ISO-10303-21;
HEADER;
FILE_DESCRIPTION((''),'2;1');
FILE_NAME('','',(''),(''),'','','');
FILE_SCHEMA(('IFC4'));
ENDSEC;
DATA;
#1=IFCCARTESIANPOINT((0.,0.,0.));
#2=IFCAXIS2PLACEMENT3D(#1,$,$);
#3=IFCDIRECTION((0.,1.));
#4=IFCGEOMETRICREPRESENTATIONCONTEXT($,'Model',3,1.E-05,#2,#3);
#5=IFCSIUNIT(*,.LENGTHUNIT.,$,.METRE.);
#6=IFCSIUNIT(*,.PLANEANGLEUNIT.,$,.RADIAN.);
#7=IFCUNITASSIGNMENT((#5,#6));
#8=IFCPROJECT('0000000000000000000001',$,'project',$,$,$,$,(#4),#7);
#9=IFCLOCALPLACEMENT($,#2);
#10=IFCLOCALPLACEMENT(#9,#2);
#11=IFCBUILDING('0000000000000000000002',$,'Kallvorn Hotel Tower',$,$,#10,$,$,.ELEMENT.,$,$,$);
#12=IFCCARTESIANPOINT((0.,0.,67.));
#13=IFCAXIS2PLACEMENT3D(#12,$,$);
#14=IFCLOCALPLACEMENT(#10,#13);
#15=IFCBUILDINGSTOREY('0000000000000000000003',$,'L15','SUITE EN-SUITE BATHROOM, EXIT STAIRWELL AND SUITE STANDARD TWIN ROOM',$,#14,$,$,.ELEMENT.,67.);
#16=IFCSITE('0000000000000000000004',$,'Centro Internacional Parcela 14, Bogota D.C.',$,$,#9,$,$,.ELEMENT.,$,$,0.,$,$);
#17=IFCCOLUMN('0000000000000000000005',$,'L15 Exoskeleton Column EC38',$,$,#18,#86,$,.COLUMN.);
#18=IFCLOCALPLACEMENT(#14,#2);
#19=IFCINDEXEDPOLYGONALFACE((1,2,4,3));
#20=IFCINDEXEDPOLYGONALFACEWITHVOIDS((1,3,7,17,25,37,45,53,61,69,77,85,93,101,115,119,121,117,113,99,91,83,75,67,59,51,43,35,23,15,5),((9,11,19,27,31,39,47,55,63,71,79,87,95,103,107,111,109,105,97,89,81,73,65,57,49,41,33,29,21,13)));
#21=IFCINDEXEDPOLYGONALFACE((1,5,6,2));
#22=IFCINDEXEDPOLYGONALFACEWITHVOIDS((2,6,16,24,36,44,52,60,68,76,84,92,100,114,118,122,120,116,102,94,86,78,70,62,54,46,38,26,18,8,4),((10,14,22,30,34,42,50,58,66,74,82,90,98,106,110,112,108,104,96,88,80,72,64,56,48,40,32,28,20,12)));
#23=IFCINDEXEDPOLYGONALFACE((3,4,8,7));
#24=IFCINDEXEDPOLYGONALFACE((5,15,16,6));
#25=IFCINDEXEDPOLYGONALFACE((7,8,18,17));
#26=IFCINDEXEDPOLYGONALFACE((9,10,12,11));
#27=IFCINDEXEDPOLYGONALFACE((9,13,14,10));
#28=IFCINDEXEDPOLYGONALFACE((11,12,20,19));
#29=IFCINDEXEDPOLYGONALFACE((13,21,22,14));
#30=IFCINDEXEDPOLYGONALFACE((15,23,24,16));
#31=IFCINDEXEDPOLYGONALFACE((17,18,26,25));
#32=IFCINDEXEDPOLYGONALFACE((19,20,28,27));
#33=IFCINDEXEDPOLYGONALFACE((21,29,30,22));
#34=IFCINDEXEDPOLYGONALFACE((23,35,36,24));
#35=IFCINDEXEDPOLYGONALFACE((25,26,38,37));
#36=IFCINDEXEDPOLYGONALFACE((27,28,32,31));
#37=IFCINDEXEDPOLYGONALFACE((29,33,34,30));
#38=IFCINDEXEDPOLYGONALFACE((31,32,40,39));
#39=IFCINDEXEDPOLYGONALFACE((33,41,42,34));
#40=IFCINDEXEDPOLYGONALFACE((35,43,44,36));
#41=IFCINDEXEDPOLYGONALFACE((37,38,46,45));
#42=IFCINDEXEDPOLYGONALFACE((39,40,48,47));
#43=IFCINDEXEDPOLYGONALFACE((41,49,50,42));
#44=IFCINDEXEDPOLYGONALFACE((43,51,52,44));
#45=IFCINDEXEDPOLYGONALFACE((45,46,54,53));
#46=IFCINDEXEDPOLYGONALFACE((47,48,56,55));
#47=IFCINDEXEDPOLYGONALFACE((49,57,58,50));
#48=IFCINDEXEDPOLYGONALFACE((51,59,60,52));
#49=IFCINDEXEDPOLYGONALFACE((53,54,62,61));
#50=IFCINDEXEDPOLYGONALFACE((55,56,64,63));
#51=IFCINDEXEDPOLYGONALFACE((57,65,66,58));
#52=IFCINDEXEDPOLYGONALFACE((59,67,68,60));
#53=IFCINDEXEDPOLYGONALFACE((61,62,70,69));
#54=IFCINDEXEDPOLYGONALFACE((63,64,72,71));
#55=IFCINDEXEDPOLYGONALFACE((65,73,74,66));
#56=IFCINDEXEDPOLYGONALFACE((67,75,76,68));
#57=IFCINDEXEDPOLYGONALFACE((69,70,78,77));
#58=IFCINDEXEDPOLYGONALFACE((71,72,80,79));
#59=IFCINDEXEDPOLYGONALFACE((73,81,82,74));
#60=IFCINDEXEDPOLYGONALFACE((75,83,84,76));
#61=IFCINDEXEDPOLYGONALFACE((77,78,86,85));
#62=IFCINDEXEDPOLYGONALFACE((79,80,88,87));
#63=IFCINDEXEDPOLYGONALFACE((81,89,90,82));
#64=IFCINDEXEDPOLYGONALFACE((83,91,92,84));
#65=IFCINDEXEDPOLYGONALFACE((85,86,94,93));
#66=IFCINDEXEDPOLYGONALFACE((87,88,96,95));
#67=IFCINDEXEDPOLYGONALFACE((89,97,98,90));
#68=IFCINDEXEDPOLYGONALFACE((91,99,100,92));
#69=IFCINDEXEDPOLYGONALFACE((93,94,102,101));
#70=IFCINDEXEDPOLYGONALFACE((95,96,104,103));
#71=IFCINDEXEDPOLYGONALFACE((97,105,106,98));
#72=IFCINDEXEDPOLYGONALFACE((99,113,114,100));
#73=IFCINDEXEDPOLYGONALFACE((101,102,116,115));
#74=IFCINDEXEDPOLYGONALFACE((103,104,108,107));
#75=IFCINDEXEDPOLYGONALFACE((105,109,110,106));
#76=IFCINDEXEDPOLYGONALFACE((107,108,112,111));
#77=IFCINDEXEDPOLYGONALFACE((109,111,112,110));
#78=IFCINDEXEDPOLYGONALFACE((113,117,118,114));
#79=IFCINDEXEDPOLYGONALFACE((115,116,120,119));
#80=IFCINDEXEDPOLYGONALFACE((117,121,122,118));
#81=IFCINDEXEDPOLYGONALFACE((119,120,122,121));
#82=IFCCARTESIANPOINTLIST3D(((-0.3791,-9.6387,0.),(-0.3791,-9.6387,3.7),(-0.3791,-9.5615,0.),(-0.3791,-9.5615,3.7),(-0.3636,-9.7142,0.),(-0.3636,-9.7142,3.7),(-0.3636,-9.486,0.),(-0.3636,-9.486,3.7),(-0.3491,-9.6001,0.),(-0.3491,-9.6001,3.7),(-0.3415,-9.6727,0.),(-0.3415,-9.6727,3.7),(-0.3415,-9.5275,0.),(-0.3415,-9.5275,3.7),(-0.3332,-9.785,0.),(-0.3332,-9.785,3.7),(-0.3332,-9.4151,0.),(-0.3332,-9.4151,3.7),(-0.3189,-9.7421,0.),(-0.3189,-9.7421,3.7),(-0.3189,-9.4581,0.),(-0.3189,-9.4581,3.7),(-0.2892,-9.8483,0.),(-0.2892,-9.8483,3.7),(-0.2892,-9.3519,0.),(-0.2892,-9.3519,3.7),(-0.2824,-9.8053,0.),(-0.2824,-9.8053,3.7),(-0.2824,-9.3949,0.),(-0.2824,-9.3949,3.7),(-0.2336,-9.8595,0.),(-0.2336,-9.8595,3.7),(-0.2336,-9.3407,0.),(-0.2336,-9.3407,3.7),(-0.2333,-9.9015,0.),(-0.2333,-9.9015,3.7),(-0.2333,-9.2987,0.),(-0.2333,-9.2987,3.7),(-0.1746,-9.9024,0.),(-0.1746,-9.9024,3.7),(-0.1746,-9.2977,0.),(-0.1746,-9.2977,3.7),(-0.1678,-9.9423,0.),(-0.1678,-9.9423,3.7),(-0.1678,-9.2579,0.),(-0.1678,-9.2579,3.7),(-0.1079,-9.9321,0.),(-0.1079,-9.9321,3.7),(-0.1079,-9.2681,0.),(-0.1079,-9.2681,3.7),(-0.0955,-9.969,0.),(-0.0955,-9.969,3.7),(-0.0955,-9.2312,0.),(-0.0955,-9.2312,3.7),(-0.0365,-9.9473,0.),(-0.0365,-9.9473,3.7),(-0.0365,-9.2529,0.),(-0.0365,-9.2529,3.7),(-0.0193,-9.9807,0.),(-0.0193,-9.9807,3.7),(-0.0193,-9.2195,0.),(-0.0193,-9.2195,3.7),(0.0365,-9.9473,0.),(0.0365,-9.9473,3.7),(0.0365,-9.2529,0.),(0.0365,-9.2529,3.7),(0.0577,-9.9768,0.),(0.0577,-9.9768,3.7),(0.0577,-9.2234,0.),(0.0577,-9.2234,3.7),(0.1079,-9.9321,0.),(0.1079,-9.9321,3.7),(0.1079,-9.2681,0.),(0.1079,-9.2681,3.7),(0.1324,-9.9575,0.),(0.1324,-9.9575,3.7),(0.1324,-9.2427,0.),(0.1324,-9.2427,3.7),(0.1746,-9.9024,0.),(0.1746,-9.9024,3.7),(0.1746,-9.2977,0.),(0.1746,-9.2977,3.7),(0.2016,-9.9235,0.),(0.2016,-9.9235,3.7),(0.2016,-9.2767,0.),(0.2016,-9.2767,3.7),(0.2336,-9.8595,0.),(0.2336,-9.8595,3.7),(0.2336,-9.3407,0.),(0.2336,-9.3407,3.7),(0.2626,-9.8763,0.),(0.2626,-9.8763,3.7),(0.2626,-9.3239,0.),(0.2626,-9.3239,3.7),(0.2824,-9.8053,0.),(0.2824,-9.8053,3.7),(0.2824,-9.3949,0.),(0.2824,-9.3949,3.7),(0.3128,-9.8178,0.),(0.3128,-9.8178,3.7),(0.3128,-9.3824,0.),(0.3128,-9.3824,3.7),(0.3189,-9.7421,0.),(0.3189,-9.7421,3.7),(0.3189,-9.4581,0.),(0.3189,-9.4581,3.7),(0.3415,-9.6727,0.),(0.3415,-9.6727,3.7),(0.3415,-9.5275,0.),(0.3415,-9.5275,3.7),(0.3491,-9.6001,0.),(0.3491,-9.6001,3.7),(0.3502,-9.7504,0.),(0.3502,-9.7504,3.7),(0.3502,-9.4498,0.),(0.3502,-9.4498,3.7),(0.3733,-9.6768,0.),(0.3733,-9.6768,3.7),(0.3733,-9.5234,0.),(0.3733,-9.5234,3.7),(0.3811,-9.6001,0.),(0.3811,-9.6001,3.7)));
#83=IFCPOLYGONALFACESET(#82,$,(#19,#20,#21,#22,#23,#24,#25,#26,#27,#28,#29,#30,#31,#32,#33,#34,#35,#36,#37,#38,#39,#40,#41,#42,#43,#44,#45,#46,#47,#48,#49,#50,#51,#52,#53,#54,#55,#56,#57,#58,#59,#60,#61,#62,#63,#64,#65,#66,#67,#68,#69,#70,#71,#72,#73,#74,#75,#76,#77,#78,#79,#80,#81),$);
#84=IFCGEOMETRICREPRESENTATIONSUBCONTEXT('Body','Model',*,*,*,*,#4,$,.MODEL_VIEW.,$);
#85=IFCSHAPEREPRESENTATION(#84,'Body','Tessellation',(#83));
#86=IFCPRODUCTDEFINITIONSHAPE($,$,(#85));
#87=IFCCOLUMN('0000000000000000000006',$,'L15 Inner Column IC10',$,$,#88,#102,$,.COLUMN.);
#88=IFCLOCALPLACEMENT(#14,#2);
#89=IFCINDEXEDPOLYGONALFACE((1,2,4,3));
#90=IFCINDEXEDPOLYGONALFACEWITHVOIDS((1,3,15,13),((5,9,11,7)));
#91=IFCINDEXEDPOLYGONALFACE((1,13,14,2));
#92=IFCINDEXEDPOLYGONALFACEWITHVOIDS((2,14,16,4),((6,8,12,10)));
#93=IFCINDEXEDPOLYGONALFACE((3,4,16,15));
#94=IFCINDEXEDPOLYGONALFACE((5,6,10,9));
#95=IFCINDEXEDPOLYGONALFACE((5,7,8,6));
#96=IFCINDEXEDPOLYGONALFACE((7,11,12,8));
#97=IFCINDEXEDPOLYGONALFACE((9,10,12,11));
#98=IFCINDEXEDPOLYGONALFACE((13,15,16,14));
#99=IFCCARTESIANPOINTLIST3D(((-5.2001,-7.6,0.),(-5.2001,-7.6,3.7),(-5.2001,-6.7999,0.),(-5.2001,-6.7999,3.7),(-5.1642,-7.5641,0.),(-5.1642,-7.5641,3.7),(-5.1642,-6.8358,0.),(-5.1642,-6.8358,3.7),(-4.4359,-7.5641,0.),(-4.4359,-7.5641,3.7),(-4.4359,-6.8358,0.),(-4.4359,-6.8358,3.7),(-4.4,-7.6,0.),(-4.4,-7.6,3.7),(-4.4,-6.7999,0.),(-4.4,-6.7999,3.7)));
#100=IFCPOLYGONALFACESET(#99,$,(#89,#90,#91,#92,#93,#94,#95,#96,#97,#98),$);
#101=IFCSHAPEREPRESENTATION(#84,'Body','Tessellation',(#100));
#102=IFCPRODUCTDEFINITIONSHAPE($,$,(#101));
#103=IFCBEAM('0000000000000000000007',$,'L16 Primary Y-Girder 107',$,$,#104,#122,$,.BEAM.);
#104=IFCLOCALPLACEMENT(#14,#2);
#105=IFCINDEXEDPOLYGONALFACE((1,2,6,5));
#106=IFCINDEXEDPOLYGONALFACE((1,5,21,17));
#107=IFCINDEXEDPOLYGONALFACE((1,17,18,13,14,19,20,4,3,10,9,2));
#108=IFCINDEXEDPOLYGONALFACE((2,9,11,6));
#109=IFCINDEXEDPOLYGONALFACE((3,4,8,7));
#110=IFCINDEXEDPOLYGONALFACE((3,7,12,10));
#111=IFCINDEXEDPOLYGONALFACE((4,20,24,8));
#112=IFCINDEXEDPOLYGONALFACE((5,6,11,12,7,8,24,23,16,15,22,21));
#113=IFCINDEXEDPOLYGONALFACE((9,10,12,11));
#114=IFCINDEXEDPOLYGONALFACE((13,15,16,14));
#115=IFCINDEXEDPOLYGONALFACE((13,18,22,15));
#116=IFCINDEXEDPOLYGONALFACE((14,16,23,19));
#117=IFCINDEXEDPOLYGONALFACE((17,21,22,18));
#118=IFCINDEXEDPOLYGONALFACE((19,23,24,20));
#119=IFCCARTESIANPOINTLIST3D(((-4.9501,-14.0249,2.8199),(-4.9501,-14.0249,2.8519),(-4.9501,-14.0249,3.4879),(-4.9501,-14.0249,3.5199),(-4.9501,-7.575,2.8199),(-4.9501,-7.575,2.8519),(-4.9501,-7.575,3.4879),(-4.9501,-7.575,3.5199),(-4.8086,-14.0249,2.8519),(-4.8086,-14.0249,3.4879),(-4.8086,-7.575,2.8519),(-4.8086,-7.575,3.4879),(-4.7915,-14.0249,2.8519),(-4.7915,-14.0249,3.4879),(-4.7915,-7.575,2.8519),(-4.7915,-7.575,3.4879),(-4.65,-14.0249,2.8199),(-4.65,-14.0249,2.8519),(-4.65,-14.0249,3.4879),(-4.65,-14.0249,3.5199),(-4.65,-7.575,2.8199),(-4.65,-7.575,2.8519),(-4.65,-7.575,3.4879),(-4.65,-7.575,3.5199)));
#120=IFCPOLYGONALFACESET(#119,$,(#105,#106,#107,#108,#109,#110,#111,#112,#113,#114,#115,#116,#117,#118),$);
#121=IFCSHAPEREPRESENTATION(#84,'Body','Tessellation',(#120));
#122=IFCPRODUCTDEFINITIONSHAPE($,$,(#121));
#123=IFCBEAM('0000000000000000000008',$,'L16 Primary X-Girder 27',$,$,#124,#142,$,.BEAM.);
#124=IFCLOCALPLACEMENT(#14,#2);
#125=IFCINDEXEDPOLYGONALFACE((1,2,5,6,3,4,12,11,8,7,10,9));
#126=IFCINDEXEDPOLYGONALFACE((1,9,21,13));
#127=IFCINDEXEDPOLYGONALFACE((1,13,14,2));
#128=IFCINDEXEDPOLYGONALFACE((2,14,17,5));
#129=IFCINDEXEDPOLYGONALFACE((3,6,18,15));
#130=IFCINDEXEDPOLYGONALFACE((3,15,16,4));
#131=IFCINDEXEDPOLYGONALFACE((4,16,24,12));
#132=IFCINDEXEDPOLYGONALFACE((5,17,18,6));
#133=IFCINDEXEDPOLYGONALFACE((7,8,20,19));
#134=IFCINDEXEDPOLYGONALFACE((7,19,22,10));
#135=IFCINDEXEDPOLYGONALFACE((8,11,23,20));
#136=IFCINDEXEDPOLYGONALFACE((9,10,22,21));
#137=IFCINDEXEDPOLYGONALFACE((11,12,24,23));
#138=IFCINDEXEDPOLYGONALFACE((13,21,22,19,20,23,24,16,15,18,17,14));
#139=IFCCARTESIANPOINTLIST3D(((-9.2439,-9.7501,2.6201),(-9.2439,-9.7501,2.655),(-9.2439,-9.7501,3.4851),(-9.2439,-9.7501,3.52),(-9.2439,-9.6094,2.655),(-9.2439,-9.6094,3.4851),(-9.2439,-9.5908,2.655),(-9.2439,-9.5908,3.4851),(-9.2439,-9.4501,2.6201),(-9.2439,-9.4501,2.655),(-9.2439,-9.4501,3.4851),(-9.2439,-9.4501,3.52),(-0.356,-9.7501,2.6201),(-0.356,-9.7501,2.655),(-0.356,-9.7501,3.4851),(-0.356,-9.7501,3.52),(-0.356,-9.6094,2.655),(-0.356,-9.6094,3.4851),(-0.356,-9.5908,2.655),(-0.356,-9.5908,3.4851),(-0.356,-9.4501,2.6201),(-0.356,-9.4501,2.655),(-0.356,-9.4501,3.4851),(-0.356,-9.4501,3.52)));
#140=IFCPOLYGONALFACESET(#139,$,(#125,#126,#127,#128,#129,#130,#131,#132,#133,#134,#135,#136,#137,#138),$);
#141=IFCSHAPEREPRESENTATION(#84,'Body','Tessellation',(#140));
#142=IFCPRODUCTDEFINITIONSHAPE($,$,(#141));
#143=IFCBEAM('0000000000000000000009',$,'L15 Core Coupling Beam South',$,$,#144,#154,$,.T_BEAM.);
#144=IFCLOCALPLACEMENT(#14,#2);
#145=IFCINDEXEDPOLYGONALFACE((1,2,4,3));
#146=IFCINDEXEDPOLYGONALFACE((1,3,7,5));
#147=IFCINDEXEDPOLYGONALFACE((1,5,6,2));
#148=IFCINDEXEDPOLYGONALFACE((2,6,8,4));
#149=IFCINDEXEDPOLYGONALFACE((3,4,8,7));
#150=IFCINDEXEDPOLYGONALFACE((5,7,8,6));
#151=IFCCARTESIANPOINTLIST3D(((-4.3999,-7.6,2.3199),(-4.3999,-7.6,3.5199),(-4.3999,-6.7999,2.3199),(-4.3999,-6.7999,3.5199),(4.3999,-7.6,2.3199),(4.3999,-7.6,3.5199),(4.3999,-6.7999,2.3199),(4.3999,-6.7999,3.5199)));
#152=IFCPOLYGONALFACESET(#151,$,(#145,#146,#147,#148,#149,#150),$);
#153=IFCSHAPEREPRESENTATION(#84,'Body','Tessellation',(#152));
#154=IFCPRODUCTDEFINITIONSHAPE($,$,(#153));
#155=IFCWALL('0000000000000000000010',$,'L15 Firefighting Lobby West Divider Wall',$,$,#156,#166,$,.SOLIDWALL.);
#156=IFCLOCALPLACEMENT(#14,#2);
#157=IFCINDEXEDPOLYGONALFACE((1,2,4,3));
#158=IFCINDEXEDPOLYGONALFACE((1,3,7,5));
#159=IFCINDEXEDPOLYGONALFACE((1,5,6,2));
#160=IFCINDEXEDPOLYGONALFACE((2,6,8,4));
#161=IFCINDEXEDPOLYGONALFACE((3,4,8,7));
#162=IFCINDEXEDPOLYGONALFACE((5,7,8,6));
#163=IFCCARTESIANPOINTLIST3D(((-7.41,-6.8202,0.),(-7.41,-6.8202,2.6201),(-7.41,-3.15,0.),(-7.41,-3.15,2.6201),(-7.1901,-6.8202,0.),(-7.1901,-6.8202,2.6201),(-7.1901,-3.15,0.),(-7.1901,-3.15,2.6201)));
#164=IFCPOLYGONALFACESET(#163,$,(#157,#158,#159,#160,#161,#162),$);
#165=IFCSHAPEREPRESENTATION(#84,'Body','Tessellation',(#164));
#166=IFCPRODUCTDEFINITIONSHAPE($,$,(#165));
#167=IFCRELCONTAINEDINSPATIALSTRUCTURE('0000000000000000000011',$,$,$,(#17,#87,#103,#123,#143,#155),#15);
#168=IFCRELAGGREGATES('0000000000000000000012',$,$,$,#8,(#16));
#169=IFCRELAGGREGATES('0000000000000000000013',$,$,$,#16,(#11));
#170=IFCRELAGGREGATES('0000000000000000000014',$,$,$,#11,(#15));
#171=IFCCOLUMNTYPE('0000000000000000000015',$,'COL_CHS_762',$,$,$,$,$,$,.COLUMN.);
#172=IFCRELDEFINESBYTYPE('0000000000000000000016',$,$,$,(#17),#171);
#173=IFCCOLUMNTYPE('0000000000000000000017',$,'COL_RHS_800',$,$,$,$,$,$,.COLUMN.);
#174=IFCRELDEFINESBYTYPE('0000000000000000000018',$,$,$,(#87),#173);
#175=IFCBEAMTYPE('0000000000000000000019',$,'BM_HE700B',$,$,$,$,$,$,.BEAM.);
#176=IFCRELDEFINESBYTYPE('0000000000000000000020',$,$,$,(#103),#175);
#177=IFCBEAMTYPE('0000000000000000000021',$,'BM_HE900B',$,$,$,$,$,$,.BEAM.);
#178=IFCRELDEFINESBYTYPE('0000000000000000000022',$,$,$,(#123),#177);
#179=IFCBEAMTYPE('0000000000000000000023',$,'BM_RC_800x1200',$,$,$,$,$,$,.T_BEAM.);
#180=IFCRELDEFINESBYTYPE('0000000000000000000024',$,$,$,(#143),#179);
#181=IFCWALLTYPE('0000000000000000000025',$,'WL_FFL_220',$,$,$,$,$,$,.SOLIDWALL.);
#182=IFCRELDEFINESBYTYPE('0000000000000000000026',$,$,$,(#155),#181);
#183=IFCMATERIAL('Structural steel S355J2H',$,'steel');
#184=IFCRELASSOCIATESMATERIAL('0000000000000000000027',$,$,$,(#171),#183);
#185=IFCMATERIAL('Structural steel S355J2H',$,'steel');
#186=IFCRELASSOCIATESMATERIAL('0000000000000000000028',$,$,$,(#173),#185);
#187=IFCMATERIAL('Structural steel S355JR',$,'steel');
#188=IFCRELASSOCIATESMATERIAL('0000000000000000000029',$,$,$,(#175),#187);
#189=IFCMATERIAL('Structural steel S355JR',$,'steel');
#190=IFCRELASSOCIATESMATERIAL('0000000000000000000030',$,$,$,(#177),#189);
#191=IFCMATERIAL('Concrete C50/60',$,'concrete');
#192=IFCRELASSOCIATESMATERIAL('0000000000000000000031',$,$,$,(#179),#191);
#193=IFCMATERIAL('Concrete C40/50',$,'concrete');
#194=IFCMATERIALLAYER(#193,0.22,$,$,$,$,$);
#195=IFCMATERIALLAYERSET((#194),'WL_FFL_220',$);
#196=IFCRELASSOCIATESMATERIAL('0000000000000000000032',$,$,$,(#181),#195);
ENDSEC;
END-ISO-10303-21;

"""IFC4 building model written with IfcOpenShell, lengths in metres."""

from ifc_helpers import new_model, si_unit, direction, frame, frame_2d, origin, origin_2d, place, context, subcontext, project, spatial, rectangle, hollow_rectangle, hollow_circle, i_section, extrude, material, layer, layer_set, material_profile, profile_set, type_object, element, save


model = new_model("IFC4")

# Units and contexts
model_context = context("Model", 3, precision=1e-05, world=origin(), true_north=direction((0.0, 1.0)))
body_context = subcontext(model_context, "Body", "Model", "MODEL_VIEW")
ifc_project = project(units=[si_unit("LENGTHUNIT", "METRE"), si_unit("PLANEANGLEUNIT", "RADIAN")], contexts=[model_context])

# Site, building, storey
site_placement = place(None, origin())
site = spatial("IfcSite", under=ifc_project, at=site_placement, Name="Centro Internacional Parcela 14, Bogota D.C.", CompositionType="ELEMENT", RefElevation=0.0)
building_placement = place(site_placement, origin())
building = spatial("IfcBuilding", under=site, at=building_placement, Name="Kallvorn Hotel Tower", CompositionType="ELEMENT")
storey_placement = place(building_placement, frame((0.0, 0.0, 67.0)))
storey = spatial("IfcBuildingStorey", under=building, at=storey_placement, Name="L15", Description="SUITE EN-SUITE BATHROOM, EXIT STAIRWELL AND SUITE STANDARD TWIN ROOM", CompositionType="ELEMENT", Elevation=67.0)

# Columns
ifc_material_1 = material(Name="Structural steel S355J2H", Category="steel")
ifc_material_profile_1 = material_profile(ifc_material_1, hollow_circle(Radius=0.3811, WallThickness=0.032, at=origin_2d()), Name="CHS 762x32")
ifc_profile_set_1 = profile_set([ifc_material_profile_1], Name="Structural steel S355J2H")
column_type_1 = type_object("IfcColumnType", Name="COL_CHS_762", PredefinedType="COLUMN", material=ifc_profile_set_1)
column_1_placement = place(storey_placement, frame((0.0, -9.6001, 0.0), z_axis=(0.0, 0.0, 1.0), x_axis=(1.0, 0.0, 0.0)))
element("IfcColumn", 1, at=column_1_placement, inside=storey, type_object=column_type_1, Name="L15 Exoskeleton Column EC38", PredefinedType="COLUMN", context=body_context, shape_type="SweptSolid", body=[
    extrude(hollow_circle(Radius=0.3811, WallThickness=0.032, at=origin_2d()), origin(), (0.0, 0.0, 1.0), 3.7),
])
ifc_material_2 = material(Name="Structural steel S355J2H", Category="steel")
ifc_material_profile_2 = material_profile(ifc_material_2, hollow_rectangle(XDim=0.8, YDim=0.8, WallThickness=0.0359, at=origin_2d()), Name="RHS 800x800x36")
ifc_profile_set_2 = profile_set([ifc_material_profile_2], Name="Structural steel S355J2H")
column_type_2 = type_object("IfcColumnType", Name="COL_RHS_800", PredefinedType="COLUMN", material=ifc_profile_set_2)
column_2_placement = place(storey_placement, frame((-4.8, -7.2, 0.0), z_axis=(0.0, 0.0, 1.0), x_axis=(1.0, 0.0, 0.0)))
element("IfcColumn", 2, at=column_2_placement, inside=storey, type_object=column_type_2, Name="L15 Inner Column IC10", PredefinedType="COLUMN", context=body_context, shape_type="SweptSolid", body=[
    extrude(hollow_rectangle(XDim=0.8, YDim=0.8, WallThickness=0.0359, at=origin_2d()), origin(), (0.0, 0.0, 1.0), 3.7),
])

# Beams
ifc_material_3 = material(Name="Structural steel S355JR", Category="steel")
ifc_material_profile_3 = material_profile(ifc_material_3, i_section(OverallWidth=0.3, OverallDepth=0.7, WebThickness=0.0171, FlangeThickness=0.032, at=origin_2d()), Name="HE 700 B")
ifc_profile_set_3 = profile_set([ifc_material_profile_3], Name="Structural steel S355JR")
beam_type_1 = type_object("IfcBeamType", Name="BM_HE700B", PredefinedType="BEAM", material=ifc_profile_set_3)
beam_1_placement = place(storey_placement, frame((-4.8, -14.0249, 3.1699), z_axis=(0.0, 1.0, 0.0), x_axis=(-1.0, 0.0, 0.0)))
element("IfcBeam", 3, at=beam_1_placement, inside=storey, type_object=beam_type_1, Name="L16 Primary Y-Girder 107", PredefinedType="BEAM", context=body_context, shape_type="SweptSolid", body=[
    extrude(i_section(OverallWidth=0.3, OverallDepth=0.7, WebThickness=0.0171, FlangeThickness=0.032, at=origin_2d()), origin(), (0.0, 0.0, 1.0), 6.45),
])
ifc_material_4 = material(Name="Structural steel S355JR", Category="steel")
ifc_material_profile_4 = material_profile(ifc_material_4, i_section(OverallWidth=0.3, OverallDepth=0.8999, WebThickness=0.0186, FlangeThickness=0.0349, at=origin_2d()), Name="HE 900 B")
ifc_profile_set_4 = profile_set([ifc_material_profile_4], Name="Structural steel S355JR")
beam_type_2 = type_object("IfcBeamType", Name="BM_HE900B", PredefinedType="BEAM", material=ifc_profile_set_4)
beam_2_placement = place(storey_placement, frame((-9.2439, -9.6001, 3.0701), z_axis=(1.0, 0.0, 0.0), x_axis=(0.0, 1.0, 0.0)))
element("IfcBeam", 4, at=beam_2_placement, inside=storey, type_object=beam_type_2, Name="L16 Primary X-Girder 27", PredefinedType="BEAM", context=body_context, shape_type="SweptSolid", body=[
    extrude(i_section(OverallWidth=0.3, OverallDepth=0.8999, WebThickness=0.0186, FlangeThickness=0.0349, at=origin_2d()), origin(), (0.0, 0.0, 1.0), 8.8879),
])
ifc_material_5 = material(Name="Concrete C50/60", Category="concrete")
ifc_material_profile_5 = material_profile(ifc_material_5, rectangle(XDim=0.8, YDim=1.2, at=origin_2d()), Name="RC 800x1200")
ifc_profile_set_5 = profile_set([ifc_material_profile_5], Name="Concrete C50/60")
beam_type_3 = type_object("IfcBeamType", Name="BM_RC_800x1200", PredefinedType="T_BEAM", material=ifc_profile_set_5)
beam_3_placement = place(storey_placement, frame((-4.3999, -7.2, 2.9199), z_axis=(1.0, 0.0, 0.0), x_axis=(0.0, 1.0, 0.0)))
element("IfcBeam", 5, at=beam_3_placement, inside=storey, type_object=beam_type_3, Name="L15 Core Coupling Beam South", PredefinedType="T_BEAM", context=body_context, shape_type="SweptSolid", body=[
    extrude(rectangle(XDim=0.8, YDim=1.2, at=origin_2d()), origin(), (0.0, 0.0, 1.0), 8.7998),
])

# Wall
ifc_material_6 = material(Name="Concrete C40/50", Category="concrete")
ifc_layer_1 = layer(ifc_material_6, 0.22)
ifc_layer_set_1 = layer_set([ifc_layer_1], Name="WL_FFL_220")
wall_type_1 = type_object("IfcWallType", Name="WL_FFL_220", PredefinedType="SOLIDWALL", material=ifc_layer_set_1)
wall_1_placement = place(storey_placement, frame((-7.3, -6.8201, 0.0), z_axis=(0.0, 0.0, 1.0), x_axis=(0.0, 1.0, 0.0)))
element("IfcWall", 6, at=wall_1_placement, inside=storey, type_object=wall_type_1, Name="L15 Firefighting Lobby West Divider Wall", PredefinedType="SOLIDWALL", context=body_context, shape_type="SweptSolid", body=[
    extrude(rectangle(XDim=3.6702, YDim=0.22, at=frame_2d((1.835, 0.0))), origin(), (0.0, 0.0, 1.0), 2.6201),
])

save(model, "model.ifc")
